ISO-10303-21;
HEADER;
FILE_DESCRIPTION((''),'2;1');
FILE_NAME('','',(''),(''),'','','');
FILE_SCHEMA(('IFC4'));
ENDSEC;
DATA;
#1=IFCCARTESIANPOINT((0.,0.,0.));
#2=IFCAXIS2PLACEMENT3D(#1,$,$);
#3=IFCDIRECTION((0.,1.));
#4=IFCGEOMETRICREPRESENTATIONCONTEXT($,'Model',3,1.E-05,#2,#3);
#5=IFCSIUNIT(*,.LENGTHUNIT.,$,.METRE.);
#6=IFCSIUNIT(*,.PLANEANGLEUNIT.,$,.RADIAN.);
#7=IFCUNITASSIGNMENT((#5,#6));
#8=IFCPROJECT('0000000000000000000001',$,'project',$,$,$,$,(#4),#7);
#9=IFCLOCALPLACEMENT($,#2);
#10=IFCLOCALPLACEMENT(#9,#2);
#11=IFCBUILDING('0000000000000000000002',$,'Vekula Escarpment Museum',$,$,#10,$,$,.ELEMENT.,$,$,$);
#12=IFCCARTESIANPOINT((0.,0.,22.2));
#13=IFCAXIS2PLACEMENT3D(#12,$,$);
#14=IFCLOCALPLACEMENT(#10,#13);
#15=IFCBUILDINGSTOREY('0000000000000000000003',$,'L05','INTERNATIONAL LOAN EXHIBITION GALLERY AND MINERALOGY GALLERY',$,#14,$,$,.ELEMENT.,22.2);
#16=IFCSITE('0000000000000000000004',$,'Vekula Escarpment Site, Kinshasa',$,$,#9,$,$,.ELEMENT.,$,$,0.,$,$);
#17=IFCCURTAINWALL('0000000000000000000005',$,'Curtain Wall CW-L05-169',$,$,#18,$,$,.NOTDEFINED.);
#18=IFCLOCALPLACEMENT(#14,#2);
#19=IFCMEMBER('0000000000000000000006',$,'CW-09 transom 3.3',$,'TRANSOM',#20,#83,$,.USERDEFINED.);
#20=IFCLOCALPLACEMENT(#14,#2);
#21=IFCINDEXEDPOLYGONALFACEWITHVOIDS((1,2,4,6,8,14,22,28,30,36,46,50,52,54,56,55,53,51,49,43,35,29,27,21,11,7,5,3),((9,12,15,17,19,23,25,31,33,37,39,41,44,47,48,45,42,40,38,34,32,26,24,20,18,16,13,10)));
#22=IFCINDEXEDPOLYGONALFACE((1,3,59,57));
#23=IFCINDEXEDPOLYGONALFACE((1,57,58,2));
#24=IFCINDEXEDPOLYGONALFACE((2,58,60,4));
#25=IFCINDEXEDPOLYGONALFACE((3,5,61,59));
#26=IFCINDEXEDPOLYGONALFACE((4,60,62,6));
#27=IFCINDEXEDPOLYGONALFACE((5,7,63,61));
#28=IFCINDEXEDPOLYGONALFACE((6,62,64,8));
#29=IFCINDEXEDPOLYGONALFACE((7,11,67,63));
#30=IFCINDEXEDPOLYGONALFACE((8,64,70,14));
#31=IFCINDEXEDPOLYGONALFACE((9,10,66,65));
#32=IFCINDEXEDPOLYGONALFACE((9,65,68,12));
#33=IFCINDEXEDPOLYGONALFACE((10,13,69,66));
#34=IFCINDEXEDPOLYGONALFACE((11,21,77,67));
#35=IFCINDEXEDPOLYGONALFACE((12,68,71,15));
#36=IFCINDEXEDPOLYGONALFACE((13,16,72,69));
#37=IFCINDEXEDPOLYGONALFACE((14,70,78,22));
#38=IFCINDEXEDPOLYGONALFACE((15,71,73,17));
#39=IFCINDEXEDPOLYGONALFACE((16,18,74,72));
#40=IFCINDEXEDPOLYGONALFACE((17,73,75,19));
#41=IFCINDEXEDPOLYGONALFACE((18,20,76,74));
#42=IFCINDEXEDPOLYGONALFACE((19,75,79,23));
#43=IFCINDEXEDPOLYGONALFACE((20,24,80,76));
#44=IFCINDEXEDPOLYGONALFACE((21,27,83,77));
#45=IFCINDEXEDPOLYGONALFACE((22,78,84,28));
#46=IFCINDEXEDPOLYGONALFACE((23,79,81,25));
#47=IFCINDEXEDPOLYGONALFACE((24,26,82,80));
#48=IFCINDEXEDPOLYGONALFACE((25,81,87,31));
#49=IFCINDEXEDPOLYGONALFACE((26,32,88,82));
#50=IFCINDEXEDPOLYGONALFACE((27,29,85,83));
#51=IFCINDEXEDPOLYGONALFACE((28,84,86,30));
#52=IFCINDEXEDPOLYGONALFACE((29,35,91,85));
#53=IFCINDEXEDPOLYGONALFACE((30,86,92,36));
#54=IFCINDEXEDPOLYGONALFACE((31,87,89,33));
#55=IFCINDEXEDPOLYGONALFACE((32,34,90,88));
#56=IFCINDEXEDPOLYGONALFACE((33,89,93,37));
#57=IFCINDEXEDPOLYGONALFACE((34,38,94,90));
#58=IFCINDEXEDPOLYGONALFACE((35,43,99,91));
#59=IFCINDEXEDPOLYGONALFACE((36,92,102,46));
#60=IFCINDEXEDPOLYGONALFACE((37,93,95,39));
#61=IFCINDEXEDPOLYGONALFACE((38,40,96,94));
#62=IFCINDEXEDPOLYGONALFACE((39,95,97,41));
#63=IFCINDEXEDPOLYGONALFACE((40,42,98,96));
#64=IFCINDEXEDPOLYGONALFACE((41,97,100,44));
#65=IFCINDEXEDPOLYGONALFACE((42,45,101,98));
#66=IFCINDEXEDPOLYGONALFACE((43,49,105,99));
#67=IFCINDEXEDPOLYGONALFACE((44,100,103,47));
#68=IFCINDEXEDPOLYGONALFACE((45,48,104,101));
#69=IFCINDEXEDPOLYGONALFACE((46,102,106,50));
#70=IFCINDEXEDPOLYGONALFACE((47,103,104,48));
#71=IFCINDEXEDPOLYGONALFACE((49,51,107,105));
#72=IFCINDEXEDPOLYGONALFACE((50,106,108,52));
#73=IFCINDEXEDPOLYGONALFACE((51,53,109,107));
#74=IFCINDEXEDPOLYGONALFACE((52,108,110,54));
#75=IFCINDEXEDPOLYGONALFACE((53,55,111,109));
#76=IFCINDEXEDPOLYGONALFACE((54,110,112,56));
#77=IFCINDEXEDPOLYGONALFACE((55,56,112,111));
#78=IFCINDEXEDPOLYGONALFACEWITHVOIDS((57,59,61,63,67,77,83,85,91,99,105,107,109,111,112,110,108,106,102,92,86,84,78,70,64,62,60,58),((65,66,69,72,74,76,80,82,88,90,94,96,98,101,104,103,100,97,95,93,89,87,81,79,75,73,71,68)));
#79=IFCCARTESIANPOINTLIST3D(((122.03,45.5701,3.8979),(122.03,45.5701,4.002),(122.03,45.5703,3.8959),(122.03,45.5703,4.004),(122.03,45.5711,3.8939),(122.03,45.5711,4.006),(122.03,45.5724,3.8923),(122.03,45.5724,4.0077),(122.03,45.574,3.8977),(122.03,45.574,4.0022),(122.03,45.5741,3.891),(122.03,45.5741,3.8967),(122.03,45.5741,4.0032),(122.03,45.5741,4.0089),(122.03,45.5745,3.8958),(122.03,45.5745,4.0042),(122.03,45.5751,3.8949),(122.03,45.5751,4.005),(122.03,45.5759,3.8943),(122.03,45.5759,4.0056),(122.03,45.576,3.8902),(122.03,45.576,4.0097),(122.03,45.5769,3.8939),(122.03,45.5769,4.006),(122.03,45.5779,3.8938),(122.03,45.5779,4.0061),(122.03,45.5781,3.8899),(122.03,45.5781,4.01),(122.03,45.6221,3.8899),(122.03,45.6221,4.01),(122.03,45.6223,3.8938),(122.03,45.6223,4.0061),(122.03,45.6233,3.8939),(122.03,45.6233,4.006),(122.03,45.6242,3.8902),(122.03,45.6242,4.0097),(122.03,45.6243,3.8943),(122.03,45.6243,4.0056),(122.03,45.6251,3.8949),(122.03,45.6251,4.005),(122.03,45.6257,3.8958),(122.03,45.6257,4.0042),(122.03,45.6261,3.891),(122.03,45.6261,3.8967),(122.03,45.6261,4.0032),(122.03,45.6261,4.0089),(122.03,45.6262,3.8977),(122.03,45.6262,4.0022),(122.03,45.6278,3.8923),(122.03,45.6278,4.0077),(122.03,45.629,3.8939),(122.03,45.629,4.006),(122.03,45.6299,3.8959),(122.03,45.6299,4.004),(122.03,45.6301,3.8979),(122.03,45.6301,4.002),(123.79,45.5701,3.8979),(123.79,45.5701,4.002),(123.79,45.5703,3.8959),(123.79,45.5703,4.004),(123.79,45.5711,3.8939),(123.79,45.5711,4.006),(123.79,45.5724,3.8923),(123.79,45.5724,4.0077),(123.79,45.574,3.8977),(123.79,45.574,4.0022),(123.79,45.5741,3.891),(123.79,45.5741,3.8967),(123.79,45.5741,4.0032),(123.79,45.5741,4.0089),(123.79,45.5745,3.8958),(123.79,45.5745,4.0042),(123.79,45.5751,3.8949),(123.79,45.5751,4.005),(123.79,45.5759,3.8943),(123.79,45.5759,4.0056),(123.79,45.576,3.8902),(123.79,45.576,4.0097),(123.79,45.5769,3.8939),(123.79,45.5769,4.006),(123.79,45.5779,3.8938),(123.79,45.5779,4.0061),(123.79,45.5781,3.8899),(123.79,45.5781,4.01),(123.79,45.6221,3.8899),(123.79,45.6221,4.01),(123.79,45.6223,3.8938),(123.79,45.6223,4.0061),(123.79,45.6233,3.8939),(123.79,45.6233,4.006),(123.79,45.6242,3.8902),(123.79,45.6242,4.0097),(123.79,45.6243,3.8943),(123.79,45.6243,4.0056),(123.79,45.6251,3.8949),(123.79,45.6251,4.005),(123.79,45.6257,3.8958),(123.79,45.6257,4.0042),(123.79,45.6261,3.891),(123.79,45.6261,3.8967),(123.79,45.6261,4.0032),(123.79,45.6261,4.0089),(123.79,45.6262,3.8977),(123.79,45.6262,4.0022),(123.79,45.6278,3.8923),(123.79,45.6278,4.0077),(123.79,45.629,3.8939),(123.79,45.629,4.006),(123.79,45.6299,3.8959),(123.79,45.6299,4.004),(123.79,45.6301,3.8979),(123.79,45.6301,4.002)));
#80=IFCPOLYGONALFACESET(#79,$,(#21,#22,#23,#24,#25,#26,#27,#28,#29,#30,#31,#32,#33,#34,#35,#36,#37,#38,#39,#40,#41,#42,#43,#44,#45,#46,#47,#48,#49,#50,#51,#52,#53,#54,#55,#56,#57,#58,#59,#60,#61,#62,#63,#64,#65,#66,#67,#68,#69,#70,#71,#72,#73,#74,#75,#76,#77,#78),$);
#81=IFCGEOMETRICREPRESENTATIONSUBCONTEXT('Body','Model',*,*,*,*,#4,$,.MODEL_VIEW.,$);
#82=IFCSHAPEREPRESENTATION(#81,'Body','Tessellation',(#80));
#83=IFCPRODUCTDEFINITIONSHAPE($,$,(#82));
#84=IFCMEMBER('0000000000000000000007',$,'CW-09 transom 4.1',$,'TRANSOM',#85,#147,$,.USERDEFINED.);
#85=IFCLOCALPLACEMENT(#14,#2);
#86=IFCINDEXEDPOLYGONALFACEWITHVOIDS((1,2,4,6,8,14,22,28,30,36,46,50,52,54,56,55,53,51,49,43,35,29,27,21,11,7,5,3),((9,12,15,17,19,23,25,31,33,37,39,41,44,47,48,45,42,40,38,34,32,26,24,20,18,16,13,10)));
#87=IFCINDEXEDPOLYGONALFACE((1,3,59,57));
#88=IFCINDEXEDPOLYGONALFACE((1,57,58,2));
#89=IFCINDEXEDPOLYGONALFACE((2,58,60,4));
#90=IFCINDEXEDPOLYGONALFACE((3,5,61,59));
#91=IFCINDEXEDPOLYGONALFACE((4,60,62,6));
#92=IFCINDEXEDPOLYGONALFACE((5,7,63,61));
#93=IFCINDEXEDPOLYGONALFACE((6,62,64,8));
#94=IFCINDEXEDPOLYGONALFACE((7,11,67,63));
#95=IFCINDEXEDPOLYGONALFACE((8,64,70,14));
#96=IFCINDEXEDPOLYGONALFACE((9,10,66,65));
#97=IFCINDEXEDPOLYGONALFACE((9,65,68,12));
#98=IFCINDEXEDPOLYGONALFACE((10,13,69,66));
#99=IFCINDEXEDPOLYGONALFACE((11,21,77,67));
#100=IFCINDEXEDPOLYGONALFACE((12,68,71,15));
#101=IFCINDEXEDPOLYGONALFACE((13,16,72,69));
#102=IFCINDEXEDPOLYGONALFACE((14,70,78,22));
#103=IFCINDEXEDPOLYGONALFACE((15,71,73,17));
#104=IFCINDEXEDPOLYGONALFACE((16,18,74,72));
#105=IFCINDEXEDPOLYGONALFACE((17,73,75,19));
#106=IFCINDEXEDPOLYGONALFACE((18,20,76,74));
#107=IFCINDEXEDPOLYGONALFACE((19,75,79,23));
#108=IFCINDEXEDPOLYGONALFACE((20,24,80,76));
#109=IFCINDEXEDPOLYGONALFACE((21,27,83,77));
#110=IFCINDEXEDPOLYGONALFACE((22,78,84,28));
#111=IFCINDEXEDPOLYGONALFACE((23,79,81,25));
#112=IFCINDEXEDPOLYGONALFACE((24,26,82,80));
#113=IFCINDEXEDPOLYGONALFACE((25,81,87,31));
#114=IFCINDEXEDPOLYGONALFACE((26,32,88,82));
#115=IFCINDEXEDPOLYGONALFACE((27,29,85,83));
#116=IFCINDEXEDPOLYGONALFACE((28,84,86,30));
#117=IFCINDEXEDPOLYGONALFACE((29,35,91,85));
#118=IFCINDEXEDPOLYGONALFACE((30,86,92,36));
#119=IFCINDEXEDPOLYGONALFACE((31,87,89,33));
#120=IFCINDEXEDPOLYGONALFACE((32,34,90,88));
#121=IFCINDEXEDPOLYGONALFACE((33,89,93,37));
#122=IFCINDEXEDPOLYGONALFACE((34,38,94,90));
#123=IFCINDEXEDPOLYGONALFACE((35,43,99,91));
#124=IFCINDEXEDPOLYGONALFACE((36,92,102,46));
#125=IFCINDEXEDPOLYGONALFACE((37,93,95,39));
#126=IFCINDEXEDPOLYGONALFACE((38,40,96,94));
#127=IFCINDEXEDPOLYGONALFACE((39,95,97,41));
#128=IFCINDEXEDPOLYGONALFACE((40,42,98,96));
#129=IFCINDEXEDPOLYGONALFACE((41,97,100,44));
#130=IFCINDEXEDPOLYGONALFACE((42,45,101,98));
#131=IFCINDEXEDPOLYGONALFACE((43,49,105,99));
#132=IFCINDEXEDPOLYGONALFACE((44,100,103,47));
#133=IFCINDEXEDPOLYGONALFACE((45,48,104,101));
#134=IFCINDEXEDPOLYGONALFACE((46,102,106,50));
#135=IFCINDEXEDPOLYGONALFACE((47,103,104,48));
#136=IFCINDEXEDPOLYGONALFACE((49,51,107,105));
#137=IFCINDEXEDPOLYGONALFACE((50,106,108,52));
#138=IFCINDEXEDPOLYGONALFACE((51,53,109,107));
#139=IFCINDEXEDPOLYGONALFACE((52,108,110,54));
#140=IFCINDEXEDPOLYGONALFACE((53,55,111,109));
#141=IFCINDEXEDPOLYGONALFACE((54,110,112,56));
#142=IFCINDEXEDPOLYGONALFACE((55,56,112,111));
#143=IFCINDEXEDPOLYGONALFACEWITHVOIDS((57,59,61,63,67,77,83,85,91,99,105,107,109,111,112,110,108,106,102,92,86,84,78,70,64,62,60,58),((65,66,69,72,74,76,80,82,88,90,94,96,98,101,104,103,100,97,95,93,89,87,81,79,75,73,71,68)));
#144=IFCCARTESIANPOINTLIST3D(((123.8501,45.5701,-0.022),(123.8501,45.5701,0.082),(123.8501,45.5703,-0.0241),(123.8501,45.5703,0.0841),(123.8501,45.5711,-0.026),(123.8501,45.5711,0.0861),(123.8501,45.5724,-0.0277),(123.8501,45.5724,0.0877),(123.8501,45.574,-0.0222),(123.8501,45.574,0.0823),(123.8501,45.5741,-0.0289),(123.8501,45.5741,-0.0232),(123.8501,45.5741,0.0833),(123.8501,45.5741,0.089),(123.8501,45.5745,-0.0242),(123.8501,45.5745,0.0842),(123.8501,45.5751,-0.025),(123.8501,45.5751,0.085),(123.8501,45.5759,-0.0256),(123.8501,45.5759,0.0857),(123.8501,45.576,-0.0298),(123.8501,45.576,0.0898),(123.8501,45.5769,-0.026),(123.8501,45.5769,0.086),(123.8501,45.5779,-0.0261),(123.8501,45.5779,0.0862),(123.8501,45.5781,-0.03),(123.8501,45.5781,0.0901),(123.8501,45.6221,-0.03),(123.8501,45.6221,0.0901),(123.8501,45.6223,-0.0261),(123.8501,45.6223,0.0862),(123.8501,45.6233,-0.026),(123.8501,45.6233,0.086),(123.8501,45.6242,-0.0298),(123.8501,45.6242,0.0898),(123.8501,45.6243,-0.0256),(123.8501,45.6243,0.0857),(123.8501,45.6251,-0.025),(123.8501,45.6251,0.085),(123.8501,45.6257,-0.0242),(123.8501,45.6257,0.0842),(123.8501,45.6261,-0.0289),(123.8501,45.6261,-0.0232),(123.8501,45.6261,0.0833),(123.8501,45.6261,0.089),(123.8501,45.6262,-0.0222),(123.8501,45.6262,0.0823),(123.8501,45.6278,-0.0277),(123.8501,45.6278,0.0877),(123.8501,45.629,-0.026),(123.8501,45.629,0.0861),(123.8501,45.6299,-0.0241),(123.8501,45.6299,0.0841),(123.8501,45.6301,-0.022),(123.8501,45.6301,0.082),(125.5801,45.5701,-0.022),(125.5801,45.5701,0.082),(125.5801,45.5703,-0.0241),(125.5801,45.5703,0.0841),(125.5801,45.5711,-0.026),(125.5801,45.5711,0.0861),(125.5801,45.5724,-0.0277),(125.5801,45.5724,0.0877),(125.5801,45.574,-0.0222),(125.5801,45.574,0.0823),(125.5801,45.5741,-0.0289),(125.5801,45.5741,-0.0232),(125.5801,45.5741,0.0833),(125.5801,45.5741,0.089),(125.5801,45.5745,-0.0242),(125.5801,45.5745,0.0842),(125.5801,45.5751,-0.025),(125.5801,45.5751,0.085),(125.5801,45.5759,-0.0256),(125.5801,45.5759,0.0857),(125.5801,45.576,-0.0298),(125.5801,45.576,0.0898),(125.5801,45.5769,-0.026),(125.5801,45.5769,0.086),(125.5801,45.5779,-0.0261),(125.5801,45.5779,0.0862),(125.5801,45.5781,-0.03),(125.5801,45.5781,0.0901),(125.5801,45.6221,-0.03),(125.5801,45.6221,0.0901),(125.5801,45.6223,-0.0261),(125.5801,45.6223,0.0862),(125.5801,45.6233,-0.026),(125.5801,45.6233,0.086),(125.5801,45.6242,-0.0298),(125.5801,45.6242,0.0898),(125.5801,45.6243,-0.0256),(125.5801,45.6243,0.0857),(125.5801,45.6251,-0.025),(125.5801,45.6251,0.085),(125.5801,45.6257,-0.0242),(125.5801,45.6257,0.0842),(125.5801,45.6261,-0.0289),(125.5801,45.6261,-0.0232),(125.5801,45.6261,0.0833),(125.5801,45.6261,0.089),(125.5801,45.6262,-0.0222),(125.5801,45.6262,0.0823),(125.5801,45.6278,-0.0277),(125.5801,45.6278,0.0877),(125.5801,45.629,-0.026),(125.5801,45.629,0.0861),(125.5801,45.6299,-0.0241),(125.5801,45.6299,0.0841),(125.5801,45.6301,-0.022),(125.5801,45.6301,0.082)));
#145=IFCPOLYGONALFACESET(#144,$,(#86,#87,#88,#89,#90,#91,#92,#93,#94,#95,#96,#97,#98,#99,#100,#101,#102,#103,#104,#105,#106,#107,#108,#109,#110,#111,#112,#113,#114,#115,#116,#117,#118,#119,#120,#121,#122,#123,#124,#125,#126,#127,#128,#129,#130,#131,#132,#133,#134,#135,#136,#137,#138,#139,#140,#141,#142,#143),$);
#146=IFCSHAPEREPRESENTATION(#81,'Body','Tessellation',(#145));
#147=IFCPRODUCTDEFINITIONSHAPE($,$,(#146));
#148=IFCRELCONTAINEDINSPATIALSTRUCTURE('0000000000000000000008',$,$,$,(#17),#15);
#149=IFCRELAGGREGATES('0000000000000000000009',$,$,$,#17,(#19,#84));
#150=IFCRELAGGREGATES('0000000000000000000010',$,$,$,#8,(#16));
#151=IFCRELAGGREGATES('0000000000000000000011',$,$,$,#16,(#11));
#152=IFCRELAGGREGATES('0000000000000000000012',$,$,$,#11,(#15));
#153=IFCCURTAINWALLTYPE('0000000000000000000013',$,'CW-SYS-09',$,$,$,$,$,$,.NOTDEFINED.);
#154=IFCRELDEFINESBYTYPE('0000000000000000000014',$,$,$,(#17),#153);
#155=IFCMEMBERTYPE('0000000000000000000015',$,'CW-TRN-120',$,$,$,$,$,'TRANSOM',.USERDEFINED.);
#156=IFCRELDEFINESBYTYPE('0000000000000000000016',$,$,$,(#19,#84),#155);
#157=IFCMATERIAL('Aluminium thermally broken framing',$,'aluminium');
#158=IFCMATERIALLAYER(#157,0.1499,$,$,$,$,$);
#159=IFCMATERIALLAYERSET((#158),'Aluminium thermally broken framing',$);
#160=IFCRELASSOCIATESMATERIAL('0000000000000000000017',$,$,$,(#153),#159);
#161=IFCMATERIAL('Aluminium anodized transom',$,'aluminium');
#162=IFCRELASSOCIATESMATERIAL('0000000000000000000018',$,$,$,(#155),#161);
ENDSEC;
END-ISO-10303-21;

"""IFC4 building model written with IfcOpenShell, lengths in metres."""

from ifc_helpers import new_model, si_unit, direction, frame, origin, origin_2d, place, context, subcontext, project, spatial, hollow_rectangle, extrude, material, layer, layer_set, material_profile, profile_set, type_object, element, aggregate, save


model = new_model("IFC4")

# Units and contexts
model_context = context("Model", 3, precision=1e-05, world=origin(), true_north=direction((0.0, 1.0)))
body_context = subcontext(model_context, "Body", "Model", "MODEL_VIEW")
ifc_project = project(units=[si_unit("LENGTHUNIT", "METRE"), si_unit("PLANEANGLEUNIT", "RADIAN")], contexts=[model_context])

# Site, building, storey
site_placement = place(None, origin())
site = spatial("IfcSite", under=ifc_project, at=site_placement, Name="Vekula Escarpment Site, Kinshasa", CompositionType="ELEMENT", RefElevation=0.0)
building_placement = place(site_placement, origin())
building = spatial("IfcBuilding", under=site, at=building_placement, Name="Vekula Escarpment Museum", CompositionType="ELEMENT")
storey_placement = place(building_placement, frame((0.0, 0.0, 22.2)))
storey = spatial("IfcBuildingStorey", under=building, at=storey_placement, Name="L05", Description="INTERNATIONAL LOAN EXHIBITION GALLERY AND MINERALOGY GALLERY", CompositionType="ELEMENT", Elevation=22.2)

# Curtain wall, members
ifc_material_1 = material(Name="Aluminium thermally broken framing", Category="aluminium")
ifc_layer_1 = layer(ifc_material_1, 0.1499)
ifc_layer_set_1 = layer_set([ifc_layer_1], Name="Aluminium thermally broken framing")
curtain_wall_type = type_object("IfcCurtainWallType", Name="CW-SYS-09", PredefinedType="NOTDEFINED", material=ifc_layer_set_1)
curtain_wall_placement = place(storey_placement, origin())
curtain_wall = element("IfcCurtainWall", 1, at=curtain_wall_placement, inside=storey, type_object=curtain_wall_type, Name="Curtain Wall CW-L05-169", PredefinedType="NOTDEFINED")
ifc_material_2 = material(Name="Aluminium anodized transom", Category="aluminium")
ifc_material_profile_1 = material_profile(ifc_material_2, hollow_rectangle(XDim=0.0601, YDim=0.1201, WallThickness=0.0039, InnerFilletRadius=0.0039, OuterFilletRadius=0.0081, at=origin_2d()), Name="ALU 120x60x4")
ifc_profile_set_1 = profile_set([ifc_material_profile_1], Name="Aluminium anodized transom")
member_type_1 = type_object("IfcMemberType", Name="CW-TRN-120", ElementType="TRANSOM", PredefinedType="USERDEFINED", material=ifc_profile_set_1)
member_1_placement = place(storey_placement, frame((122.03, 45.6001, 3.95), z_axis=(1.0, 0.0, 0.0), x_axis=(0.0, 1.0, 0.0)))
member_1 = element("IfcMember", 2, at=member_1_placement, type_object=member_type_1, Name="CW-09 transom 3.3", ObjectType="TRANSOM", PredefinedType="USERDEFINED", context=body_context, shape_type="SweptSolid", body=[
    extrude(hollow_rectangle(XDim=0.0601, YDim=0.1201, WallThickness=0.0039, InnerFilletRadius=0.0039, OuterFilletRadius=0.0081, at=origin_2d()), origin(), (0.0, 0.0, 1.0), 1.76),
])
member_2_placement = place(storey_placement, frame((123.8501, 45.6001, 0.03), z_axis=(1.0, 0.0, 0.0), x_axis=(0.0, 1.0, 0.0)))
member_2 = element("IfcMember", 3, at=member_2_placement, type_object=member_type_1, Name="CW-09 transom 4.1", ObjectType="TRANSOM", PredefinedType="USERDEFINED", context=body_context, shape_type="SweptSolid", body=[
    extrude(hollow_rectangle(XDim=0.0601, YDim=0.1201, WallThickness=0.0039, InnerFilletRadius=0.0039, OuterFilletRadius=0.0081, at=origin_2d()), origin(), (0.0, 0.0, 1.0), 1.73),
])

aggregate(curtain_wall, [member_1, member_2])

save(model, "model.ifc")
